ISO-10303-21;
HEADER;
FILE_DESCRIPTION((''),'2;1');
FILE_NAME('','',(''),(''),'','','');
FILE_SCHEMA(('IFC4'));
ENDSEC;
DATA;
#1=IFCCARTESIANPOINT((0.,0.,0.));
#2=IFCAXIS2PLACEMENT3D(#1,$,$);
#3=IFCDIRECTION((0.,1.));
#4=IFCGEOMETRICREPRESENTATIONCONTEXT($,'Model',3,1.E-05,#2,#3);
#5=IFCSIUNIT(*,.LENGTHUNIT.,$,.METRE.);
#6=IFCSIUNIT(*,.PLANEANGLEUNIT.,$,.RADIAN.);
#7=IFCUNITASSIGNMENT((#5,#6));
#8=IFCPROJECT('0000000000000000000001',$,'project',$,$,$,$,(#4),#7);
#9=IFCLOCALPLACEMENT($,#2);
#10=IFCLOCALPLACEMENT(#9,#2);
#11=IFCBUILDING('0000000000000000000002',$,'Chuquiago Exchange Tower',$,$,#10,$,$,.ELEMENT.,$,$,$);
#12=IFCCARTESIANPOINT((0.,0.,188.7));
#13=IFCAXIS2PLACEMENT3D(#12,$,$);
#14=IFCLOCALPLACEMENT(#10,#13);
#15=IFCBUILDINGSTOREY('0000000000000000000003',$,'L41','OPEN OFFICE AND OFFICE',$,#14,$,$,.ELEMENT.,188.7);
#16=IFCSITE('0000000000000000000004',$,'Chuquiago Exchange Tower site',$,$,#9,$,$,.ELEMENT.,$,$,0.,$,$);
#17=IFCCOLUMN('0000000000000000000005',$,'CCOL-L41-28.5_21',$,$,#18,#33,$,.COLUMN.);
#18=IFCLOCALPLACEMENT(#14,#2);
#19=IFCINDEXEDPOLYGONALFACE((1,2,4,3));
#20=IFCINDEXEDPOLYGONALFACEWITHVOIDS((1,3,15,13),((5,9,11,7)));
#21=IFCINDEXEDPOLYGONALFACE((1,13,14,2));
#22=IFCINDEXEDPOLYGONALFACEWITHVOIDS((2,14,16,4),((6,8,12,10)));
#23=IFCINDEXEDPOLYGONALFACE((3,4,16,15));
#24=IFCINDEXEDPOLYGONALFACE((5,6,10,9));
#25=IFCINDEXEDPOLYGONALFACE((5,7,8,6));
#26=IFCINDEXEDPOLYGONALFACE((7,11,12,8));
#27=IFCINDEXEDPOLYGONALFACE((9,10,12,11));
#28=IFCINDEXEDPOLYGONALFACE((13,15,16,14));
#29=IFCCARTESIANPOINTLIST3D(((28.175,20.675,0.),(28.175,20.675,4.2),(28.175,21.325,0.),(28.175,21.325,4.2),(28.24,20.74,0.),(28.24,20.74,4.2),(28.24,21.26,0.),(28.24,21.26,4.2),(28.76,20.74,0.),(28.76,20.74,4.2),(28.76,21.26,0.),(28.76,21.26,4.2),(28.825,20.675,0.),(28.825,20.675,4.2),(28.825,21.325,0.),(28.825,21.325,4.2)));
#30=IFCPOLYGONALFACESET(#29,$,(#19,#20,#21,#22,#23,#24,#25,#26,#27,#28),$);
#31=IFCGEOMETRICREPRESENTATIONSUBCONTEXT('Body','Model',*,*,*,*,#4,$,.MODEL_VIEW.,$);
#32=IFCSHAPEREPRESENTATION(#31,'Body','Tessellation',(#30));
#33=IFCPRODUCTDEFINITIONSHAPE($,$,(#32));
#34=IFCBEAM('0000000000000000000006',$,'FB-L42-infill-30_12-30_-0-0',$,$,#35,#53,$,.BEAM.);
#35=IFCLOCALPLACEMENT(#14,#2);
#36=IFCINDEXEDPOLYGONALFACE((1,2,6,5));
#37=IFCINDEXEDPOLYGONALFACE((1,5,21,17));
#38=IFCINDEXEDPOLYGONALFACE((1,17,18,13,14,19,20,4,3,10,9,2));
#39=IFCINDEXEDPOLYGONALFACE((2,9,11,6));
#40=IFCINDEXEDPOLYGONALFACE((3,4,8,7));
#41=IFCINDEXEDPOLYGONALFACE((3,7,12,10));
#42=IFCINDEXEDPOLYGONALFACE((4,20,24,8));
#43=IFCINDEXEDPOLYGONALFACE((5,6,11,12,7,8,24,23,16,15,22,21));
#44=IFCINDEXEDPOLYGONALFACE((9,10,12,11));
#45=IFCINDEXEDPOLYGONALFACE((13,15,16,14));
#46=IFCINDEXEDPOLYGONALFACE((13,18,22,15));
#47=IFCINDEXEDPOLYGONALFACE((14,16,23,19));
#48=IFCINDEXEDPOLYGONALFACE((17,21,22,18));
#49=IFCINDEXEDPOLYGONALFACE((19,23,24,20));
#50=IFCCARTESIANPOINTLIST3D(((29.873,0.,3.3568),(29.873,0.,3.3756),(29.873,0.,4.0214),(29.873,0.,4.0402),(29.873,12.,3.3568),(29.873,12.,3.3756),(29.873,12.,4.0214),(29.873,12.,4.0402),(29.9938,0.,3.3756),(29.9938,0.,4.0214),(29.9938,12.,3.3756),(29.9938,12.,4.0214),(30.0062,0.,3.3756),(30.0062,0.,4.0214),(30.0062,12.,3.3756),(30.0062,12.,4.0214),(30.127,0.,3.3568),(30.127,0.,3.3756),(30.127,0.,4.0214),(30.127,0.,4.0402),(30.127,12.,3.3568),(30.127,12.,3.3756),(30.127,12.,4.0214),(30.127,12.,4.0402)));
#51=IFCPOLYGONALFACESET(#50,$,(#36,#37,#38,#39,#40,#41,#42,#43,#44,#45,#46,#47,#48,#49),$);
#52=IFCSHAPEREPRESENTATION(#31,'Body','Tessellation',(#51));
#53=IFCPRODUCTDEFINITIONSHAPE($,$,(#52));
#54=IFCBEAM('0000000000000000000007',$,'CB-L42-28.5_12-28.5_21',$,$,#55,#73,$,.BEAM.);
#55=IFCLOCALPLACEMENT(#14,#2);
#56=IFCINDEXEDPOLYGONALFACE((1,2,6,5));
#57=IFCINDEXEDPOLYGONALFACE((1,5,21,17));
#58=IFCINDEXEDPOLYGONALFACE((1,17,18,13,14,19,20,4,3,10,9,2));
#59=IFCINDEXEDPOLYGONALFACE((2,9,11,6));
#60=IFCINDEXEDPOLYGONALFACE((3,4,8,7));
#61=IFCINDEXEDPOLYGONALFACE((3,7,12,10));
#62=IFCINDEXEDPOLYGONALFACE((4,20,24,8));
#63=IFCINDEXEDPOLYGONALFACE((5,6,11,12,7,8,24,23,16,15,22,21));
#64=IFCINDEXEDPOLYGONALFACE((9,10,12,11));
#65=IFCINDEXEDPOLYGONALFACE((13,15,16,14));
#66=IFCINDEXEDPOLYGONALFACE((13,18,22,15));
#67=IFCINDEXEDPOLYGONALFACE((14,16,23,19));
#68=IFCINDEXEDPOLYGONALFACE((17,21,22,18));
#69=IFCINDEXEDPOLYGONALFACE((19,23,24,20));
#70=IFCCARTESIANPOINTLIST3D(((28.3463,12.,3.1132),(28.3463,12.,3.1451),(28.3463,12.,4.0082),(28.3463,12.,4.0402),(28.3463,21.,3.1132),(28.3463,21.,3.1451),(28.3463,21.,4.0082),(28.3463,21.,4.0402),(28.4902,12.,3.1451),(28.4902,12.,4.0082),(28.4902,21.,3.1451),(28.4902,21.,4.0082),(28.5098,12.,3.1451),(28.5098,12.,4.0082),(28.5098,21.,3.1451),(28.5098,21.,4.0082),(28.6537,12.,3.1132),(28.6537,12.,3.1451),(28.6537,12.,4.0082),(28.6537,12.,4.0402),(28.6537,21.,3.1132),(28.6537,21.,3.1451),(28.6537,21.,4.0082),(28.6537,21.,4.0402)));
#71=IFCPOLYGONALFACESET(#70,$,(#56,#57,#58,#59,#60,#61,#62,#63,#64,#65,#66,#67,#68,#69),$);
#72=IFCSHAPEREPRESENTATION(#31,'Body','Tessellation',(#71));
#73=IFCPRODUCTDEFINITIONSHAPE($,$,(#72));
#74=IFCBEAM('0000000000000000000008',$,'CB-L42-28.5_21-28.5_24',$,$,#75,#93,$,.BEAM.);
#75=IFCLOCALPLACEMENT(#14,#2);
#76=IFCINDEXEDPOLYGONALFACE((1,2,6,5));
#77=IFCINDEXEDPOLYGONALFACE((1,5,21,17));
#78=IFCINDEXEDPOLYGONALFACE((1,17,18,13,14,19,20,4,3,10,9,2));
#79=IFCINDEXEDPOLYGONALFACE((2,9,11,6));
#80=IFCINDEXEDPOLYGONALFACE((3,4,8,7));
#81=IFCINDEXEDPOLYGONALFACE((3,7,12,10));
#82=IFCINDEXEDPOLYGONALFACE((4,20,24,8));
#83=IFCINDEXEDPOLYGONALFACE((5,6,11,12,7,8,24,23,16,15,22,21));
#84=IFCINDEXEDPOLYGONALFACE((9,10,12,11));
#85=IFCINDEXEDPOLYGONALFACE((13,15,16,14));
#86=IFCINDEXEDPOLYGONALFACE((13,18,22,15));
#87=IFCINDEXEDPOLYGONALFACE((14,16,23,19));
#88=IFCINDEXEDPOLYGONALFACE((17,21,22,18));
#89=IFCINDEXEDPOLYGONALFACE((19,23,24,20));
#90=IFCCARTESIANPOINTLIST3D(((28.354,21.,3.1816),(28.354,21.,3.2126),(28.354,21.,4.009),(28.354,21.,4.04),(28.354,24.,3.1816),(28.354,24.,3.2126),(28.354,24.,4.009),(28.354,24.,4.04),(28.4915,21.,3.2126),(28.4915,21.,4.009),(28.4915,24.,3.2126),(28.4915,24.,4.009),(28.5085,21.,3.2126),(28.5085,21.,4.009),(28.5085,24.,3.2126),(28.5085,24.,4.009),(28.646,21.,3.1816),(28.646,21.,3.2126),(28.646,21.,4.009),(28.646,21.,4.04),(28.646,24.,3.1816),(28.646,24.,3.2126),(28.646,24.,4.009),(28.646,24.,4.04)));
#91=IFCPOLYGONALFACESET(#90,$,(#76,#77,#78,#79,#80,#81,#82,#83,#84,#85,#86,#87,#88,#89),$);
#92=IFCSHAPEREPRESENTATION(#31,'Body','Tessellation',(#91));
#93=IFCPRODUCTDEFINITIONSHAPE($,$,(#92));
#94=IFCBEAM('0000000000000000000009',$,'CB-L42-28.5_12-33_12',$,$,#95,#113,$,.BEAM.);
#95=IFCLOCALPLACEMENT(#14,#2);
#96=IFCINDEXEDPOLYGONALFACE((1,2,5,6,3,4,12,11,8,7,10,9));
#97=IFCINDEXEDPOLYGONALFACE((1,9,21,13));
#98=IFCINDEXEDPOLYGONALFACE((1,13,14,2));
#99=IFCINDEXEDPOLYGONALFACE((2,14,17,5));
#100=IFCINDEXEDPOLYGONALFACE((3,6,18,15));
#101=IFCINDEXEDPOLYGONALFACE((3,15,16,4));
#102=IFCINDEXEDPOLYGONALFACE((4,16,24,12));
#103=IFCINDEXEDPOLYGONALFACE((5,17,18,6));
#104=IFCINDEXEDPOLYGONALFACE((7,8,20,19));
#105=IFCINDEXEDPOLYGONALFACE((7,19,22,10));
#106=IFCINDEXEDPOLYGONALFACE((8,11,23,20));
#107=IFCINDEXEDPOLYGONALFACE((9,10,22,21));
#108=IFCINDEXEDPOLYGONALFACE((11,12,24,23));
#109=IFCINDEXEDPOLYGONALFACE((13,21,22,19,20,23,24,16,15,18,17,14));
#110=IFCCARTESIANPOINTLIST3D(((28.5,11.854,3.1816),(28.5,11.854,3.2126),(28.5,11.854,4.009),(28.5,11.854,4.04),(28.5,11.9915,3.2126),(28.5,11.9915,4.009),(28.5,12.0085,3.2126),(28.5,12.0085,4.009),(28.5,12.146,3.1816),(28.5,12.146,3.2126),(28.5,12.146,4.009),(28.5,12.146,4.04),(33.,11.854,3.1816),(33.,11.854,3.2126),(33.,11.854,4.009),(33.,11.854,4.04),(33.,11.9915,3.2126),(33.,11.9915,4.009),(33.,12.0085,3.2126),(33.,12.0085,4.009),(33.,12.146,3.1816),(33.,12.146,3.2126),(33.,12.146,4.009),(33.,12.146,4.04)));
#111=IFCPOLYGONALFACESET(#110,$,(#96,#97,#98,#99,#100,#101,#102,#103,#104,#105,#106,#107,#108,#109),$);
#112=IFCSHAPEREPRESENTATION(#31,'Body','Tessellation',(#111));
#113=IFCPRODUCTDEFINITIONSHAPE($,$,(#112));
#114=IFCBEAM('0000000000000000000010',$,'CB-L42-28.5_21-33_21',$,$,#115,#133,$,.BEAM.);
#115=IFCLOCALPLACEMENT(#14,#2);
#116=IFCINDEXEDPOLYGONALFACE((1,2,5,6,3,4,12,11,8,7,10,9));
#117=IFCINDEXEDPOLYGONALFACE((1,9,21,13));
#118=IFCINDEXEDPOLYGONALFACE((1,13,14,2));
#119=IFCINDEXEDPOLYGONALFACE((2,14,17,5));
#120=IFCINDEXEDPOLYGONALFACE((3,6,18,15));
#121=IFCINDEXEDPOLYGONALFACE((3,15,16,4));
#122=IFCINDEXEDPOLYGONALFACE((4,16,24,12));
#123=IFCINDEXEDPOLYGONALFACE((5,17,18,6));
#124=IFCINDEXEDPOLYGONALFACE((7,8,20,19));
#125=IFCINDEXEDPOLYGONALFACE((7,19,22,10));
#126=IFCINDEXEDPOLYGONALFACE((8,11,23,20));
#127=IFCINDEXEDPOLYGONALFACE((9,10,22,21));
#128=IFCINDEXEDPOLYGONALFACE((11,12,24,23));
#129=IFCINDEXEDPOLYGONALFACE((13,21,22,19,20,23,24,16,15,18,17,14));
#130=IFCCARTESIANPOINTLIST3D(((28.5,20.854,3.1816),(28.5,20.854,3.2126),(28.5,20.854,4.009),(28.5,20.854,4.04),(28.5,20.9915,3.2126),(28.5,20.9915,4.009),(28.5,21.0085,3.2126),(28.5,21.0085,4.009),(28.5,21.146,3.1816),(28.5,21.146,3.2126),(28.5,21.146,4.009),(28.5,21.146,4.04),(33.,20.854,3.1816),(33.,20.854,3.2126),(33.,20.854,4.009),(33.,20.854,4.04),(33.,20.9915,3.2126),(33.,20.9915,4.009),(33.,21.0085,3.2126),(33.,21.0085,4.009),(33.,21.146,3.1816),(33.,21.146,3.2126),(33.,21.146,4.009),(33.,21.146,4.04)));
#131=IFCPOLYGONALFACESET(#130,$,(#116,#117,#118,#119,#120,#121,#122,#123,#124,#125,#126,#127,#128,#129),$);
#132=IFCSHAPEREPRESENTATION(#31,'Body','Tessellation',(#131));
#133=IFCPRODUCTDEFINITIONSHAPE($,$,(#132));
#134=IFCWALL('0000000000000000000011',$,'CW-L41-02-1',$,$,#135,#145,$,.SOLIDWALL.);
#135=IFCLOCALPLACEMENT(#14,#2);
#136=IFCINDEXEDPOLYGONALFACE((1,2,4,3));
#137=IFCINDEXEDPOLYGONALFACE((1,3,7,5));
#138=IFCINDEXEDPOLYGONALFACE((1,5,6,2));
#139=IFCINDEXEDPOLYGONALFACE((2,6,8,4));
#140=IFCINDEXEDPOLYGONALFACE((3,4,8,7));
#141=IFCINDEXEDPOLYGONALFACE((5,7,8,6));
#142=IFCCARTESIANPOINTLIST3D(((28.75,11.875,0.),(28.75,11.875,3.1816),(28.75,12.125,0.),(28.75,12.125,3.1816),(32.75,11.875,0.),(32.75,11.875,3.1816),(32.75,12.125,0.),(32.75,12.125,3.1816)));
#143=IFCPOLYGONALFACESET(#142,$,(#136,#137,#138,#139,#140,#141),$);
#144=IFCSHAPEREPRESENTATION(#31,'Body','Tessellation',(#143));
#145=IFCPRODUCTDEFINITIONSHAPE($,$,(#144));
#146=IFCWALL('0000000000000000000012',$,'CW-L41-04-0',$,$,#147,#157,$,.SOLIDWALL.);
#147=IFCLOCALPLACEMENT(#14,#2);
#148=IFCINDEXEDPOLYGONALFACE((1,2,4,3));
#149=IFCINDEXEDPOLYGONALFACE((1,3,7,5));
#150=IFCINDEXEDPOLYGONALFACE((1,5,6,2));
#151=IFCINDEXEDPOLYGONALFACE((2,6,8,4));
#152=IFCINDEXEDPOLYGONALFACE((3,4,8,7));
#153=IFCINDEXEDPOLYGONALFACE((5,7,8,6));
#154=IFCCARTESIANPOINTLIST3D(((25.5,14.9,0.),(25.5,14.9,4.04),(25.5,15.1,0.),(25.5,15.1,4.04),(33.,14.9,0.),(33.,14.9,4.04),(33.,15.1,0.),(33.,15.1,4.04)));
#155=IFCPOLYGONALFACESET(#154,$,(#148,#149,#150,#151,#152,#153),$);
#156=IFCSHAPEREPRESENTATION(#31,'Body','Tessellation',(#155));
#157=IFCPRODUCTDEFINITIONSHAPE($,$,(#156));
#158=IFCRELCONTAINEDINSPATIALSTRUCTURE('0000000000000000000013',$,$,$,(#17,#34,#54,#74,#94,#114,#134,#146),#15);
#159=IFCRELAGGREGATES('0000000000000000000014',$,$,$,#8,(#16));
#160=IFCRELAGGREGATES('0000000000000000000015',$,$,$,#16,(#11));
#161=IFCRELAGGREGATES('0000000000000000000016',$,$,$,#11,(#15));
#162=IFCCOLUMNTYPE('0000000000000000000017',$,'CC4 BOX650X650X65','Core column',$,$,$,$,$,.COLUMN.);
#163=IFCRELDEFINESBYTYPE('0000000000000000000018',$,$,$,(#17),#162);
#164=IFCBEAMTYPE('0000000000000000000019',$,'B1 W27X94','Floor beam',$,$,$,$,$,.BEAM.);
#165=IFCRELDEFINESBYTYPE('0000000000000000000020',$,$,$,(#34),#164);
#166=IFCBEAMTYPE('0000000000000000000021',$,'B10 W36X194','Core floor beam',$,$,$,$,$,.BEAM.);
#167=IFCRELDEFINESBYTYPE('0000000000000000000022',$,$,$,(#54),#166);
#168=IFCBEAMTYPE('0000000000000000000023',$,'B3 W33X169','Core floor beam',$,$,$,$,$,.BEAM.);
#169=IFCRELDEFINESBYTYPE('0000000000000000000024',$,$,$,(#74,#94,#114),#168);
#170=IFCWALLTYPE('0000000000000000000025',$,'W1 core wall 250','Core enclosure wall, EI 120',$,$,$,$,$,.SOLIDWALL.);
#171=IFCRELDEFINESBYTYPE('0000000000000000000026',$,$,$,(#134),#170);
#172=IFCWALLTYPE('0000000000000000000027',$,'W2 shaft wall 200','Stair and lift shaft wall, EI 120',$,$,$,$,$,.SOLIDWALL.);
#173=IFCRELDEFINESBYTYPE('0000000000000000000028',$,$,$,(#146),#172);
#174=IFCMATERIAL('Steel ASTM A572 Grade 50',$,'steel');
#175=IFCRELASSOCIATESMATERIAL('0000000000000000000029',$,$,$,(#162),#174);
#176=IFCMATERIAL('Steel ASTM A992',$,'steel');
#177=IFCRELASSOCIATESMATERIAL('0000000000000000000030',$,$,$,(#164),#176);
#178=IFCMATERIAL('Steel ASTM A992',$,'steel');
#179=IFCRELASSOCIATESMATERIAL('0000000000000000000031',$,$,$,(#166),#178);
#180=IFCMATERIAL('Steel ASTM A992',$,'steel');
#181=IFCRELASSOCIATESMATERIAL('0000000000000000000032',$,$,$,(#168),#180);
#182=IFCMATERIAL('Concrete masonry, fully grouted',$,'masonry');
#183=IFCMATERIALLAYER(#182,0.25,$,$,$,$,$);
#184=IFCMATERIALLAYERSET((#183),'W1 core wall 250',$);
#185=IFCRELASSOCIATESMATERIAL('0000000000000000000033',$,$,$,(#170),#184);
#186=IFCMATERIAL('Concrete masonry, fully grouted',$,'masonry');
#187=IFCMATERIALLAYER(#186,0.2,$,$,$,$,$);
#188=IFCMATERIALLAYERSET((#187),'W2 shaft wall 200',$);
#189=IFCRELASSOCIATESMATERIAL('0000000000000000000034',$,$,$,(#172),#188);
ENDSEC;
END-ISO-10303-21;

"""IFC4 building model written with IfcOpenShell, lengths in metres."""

from ifc_helpers import new_model, si_unit, direction, frame, frame_2d, origin, origin_2d, place, context, subcontext, project, spatial, rectangle, hollow_rectangle, i_section, extrude, material, layer, layer_set, material_profile, profile_set, type_object, element, save


model = new_model("IFC4")

# Units and contexts
model_context = context("Model", 3, precision=1e-05, world=origin(), true_north=direction((0.0, 1.0)))
body_context = subcontext(model_context, "Body", "Model", "MODEL_VIEW")
ifc_project = project(units=[si_unit("LENGTHUNIT", "METRE"), si_unit("PLANEANGLEUNIT", "RADIAN")], contexts=[model_context])

# Site, building, storey
site_placement = place(None, origin())
site = spatial("IfcSite", under=ifc_project, at=site_placement, Name="Chuquiago Exchange Tower site", CompositionType="ELEMENT", RefElevation=0.0)
building_placement = place(site_placement, origin())
building = spatial("IfcBuilding", under=site, at=building_placement, Name="Chuquiago Exchange Tower", CompositionType="ELEMENT")
storey_placement = place(building_placement, frame((0.0, 0.0, 188.7)))
storey = spatial("IfcBuildingStorey", under=building, at=storey_placement, Name="L41", Description="OPEN OFFICE AND OFFICE", CompositionType="ELEMENT", Elevation=188.7)

# Column
ifc_material_1 = material(Name="Steel ASTM A572 Grade 50", Category="steel")
ifc_material_profile_1 = material_profile(ifc_material_1, hollow_rectangle(XDim=0.6499, YDim=0.6499, WallThickness=0.0649, at=origin_2d()), Name="BOX650X650X65")
ifc_profile_set_1 = profile_set([ifc_material_profile_1], Name="Steel ASTM A572 Grade 50")
column_type = type_object("IfcColumnType", Name="CC4 BOX650X650X65", Description="Core column", PredefinedType="COLUMN", material=ifc_profile_set_1)
column_placement = place(storey_placement, frame((28.5, 21.0, 0.0), z_axis=(0.0, 0.0, 1.0), x_axis=(1.0, 0.0, 0.0)))
element("IfcColumn", 1, at=column_placement, inside=storey, type_object=column_type, Name="CCOL-L41-28.5_21", PredefinedType="COLUMN", context=body_context, shape_type="SweptSolid", body=[
    extrude(hollow_rectangle(XDim=0.6499, YDim=0.6499, WallThickness=0.0649, at=origin_2d()), origin(), (0.0, 0.0, 1.0), 4.2),
])

# Beams
ifc_material_2 = material(Name="Steel ASTM A992", Category="steel")
ifc_material_profile_2 = material_profile(ifc_material_2, i_section(OverallWidth=0.2539, OverallDepth=0.6833, WebThickness=0.0125, FlangeThickness=0.0188, at=origin_2d()), Name="W27X94")
ifc_profile_set_2 = profile_set([ifc_material_profile_2], Name="Steel ASTM A992")
beam_type_1 = type_object("IfcBeamType", Name="B1 W27X94", Description="Floor beam", PredefinedType="BEAM", material=ifc_profile_set_2)
beam_1_placement = place(storey_placement, frame((30.0, 12.0, 3.6985), z_axis=(0.0, -1.0, 0.0), x_axis=(1.0, 0.0, 0.0)))
element("IfcBeam", 2, at=beam_1_placement, inside=storey, type_object=beam_type_1, Name="FB-L42-infill-30_12-30_-0-0", PredefinedType="BEAM", context=body_context, shape_type="SweptSolid", body=[
    extrude(i_section(OverallWidth=0.2539, OverallDepth=0.6833, WebThickness=0.0125, FlangeThickness=0.0188, at=origin_2d()), origin(), (0.0, 0.0, 1.0), 12.0),
])
ifc_material_3 = material(Name="Steel ASTM A992", Category="steel")
ifc_material_profile_3 = material_profile(ifc_material_3, i_section(OverallWidth=0.3074, OverallDepth=0.927, WebThickness=0.0195, FlangeThickness=0.032, at=origin_2d()), Name="W36X194")
ifc_profile_set_3 = profile_set([ifc_material_profile_3], Name="Steel ASTM A992")
beam_type_2 = type_object("IfcBeamType", Name="B10 W36X194", Description="Core floor beam", PredefinedType="BEAM", material=ifc_profile_set_3)
beam_2_placement = place(storey_placement, frame((28.5, 12.0, 3.5767), z_axis=(0.0, 1.0, 0.0), x_axis=(-1.0, 0.0, 0.0)))
element("IfcBeam", 3, at=beam_2_placement, inside=storey, type_object=beam_type_2, Name="CB-L42-28.5_12-28.5_21", PredefinedType="BEAM", context=body_context, shape_type="SweptSolid", body=[
    extrude(i_section(OverallWidth=0.3074, OverallDepth=0.927, WebThickness=0.0195, FlangeThickness=0.032, at=origin_2d()), origin(), (0.0, 0.0, 1.0), 9.0),
])
ifc_material_4 = material(Name="Steel ASTM A992", Category="steel")
ifc_material_profile_4 = material_profile(ifc_material_4, i_section(OverallWidth=0.292, OverallDepth=0.8584, WebThickness=0.0171, FlangeThickness=0.031, at=origin_2d()), Name="W33X169")
ifc_profile_set_4 = profile_set([ifc_material_profile_4], Name="Steel ASTM A992")
beam_type_3 = type_object("IfcBeamType", Name="B3 W33X169", Description="Core floor beam", PredefinedType="BEAM", material=ifc_profile_set_4)
beam_3_placement = place(storey_placement, frame((28.5, 21.0, 3.6108), z_axis=(0.0, 1.0, 0.0), x_axis=(-1.0, 0.0, 0.0)))
element("IfcBeam", 4, at=beam_3_placement, inside=storey, type_object=beam_type_3, Name="CB-L42-28.5_21-28.5_24", PredefinedType="BEAM", context=body_context, shape_type="SweptSolid", body=[
    extrude(i_section(OverallWidth=0.292, OverallDepth=0.8584, WebThickness=0.0171, FlangeThickness=0.031, at=origin_2d()), origin(), (0.0, 0.0, 1.0), 3.0),
])
for number, where, z_axis, x_axis, name in (
    (5, (28.5, 12.0, 3.6108), (1.0, 0.0, 0.0), (0.0, 1.0, 0.0), "CB-L42-28.5_12-33_12"),
    (6, (28.5, 21.0, 3.6108), (1.0, 0.0, 0.0), (0.0, 1.0, 0.0), "CB-L42-28.5_21-33_21"),
):
    element("IfcBeam", number, at=place(storey_placement, frame(where, z_axis=z_axis, x_axis=x_axis)), inside=storey, type_object=beam_type_3, Name=name, PredefinedType="BEAM", context=body_context, shape_type="SweptSolid", body=[
        extrude(i_section(OverallWidth=0.292, OverallDepth=0.8584, WebThickness=0.0171, FlangeThickness=0.031, at=origin_2d()), origin(), (0.0, 0.0, 1.0), 4.5),
    ])

# Walls
ifc_material_5 = material(Name="Concrete masonry, fully grouted", Category="masonry")
ifc_layer_1 = layer(ifc_material_5, 0.25)
ifc_layer_set_1 = layer_set([ifc_layer_1], Name="W1 core wall 250")
wall_type_1 = type_object("IfcWallType", Name="W1 core wall 250", Description="Core enclosure wall, EI 120", PredefinedType="SOLIDWALL", material=ifc_layer_set_1)
wall_1_placement = place(storey_placement, frame((28.75, 12.0, 0.0), z_axis=(0.0, 0.0, 1.0), x_axis=(1.0, 0.0, 0.0)))
element("IfcWall", 7, at=wall_1_placement, inside=storey, type_object=wall_type_1, Name="CW-L41-02-1", PredefinedType="SOLIDWALL", context=body_context, shape_type="SweptSolid", body=[
    extrude(rectangle(XDim=4.0, YDim=0.25, at=frame_2d((2.0, 0.0))), origin(), (0.0, 0.0, 1.0), 3.1816),
])
ifc_material_6 = material(Name="Concrete masonry, fully grouted", Category="masonry")
ifc_layer_2 = layer(ifc_material_6, 0.2)
ifc_layer_set_2 = layer_set([ifc_layer_2], Name="W2 shaft wall 200")
wall_type_2 = type_object("IfcWallType", Name="W2 shaft wall 200", Description="Stair and lift shaft wall, EI 120", PredefinedType="SOLIDWALL", material=ifc_layer_set_2)
wall_2_placement = place(storey_placement, frame((25.5, 15.0, 0.0), z_axis=(0.0, 0.0, 1.0), x_axis=(1.0, 0.0, 0.0)))
element("IfcWall", 8, at=wall_2_placement, inside=storey, type_object=wall_type_2, Name="CW-L41-04-0", PredefinedType="SOLIDWALL", context=body_context, shape_type="SweptSolid", body=[
    extrude(rectangle(XDim=7.5, YDim=0.2, at=frame_2d((3.75, 0.0))), origin(), (0.0, 0.0, 1.0), 4.04),
])

save(model, "model.ifc")
